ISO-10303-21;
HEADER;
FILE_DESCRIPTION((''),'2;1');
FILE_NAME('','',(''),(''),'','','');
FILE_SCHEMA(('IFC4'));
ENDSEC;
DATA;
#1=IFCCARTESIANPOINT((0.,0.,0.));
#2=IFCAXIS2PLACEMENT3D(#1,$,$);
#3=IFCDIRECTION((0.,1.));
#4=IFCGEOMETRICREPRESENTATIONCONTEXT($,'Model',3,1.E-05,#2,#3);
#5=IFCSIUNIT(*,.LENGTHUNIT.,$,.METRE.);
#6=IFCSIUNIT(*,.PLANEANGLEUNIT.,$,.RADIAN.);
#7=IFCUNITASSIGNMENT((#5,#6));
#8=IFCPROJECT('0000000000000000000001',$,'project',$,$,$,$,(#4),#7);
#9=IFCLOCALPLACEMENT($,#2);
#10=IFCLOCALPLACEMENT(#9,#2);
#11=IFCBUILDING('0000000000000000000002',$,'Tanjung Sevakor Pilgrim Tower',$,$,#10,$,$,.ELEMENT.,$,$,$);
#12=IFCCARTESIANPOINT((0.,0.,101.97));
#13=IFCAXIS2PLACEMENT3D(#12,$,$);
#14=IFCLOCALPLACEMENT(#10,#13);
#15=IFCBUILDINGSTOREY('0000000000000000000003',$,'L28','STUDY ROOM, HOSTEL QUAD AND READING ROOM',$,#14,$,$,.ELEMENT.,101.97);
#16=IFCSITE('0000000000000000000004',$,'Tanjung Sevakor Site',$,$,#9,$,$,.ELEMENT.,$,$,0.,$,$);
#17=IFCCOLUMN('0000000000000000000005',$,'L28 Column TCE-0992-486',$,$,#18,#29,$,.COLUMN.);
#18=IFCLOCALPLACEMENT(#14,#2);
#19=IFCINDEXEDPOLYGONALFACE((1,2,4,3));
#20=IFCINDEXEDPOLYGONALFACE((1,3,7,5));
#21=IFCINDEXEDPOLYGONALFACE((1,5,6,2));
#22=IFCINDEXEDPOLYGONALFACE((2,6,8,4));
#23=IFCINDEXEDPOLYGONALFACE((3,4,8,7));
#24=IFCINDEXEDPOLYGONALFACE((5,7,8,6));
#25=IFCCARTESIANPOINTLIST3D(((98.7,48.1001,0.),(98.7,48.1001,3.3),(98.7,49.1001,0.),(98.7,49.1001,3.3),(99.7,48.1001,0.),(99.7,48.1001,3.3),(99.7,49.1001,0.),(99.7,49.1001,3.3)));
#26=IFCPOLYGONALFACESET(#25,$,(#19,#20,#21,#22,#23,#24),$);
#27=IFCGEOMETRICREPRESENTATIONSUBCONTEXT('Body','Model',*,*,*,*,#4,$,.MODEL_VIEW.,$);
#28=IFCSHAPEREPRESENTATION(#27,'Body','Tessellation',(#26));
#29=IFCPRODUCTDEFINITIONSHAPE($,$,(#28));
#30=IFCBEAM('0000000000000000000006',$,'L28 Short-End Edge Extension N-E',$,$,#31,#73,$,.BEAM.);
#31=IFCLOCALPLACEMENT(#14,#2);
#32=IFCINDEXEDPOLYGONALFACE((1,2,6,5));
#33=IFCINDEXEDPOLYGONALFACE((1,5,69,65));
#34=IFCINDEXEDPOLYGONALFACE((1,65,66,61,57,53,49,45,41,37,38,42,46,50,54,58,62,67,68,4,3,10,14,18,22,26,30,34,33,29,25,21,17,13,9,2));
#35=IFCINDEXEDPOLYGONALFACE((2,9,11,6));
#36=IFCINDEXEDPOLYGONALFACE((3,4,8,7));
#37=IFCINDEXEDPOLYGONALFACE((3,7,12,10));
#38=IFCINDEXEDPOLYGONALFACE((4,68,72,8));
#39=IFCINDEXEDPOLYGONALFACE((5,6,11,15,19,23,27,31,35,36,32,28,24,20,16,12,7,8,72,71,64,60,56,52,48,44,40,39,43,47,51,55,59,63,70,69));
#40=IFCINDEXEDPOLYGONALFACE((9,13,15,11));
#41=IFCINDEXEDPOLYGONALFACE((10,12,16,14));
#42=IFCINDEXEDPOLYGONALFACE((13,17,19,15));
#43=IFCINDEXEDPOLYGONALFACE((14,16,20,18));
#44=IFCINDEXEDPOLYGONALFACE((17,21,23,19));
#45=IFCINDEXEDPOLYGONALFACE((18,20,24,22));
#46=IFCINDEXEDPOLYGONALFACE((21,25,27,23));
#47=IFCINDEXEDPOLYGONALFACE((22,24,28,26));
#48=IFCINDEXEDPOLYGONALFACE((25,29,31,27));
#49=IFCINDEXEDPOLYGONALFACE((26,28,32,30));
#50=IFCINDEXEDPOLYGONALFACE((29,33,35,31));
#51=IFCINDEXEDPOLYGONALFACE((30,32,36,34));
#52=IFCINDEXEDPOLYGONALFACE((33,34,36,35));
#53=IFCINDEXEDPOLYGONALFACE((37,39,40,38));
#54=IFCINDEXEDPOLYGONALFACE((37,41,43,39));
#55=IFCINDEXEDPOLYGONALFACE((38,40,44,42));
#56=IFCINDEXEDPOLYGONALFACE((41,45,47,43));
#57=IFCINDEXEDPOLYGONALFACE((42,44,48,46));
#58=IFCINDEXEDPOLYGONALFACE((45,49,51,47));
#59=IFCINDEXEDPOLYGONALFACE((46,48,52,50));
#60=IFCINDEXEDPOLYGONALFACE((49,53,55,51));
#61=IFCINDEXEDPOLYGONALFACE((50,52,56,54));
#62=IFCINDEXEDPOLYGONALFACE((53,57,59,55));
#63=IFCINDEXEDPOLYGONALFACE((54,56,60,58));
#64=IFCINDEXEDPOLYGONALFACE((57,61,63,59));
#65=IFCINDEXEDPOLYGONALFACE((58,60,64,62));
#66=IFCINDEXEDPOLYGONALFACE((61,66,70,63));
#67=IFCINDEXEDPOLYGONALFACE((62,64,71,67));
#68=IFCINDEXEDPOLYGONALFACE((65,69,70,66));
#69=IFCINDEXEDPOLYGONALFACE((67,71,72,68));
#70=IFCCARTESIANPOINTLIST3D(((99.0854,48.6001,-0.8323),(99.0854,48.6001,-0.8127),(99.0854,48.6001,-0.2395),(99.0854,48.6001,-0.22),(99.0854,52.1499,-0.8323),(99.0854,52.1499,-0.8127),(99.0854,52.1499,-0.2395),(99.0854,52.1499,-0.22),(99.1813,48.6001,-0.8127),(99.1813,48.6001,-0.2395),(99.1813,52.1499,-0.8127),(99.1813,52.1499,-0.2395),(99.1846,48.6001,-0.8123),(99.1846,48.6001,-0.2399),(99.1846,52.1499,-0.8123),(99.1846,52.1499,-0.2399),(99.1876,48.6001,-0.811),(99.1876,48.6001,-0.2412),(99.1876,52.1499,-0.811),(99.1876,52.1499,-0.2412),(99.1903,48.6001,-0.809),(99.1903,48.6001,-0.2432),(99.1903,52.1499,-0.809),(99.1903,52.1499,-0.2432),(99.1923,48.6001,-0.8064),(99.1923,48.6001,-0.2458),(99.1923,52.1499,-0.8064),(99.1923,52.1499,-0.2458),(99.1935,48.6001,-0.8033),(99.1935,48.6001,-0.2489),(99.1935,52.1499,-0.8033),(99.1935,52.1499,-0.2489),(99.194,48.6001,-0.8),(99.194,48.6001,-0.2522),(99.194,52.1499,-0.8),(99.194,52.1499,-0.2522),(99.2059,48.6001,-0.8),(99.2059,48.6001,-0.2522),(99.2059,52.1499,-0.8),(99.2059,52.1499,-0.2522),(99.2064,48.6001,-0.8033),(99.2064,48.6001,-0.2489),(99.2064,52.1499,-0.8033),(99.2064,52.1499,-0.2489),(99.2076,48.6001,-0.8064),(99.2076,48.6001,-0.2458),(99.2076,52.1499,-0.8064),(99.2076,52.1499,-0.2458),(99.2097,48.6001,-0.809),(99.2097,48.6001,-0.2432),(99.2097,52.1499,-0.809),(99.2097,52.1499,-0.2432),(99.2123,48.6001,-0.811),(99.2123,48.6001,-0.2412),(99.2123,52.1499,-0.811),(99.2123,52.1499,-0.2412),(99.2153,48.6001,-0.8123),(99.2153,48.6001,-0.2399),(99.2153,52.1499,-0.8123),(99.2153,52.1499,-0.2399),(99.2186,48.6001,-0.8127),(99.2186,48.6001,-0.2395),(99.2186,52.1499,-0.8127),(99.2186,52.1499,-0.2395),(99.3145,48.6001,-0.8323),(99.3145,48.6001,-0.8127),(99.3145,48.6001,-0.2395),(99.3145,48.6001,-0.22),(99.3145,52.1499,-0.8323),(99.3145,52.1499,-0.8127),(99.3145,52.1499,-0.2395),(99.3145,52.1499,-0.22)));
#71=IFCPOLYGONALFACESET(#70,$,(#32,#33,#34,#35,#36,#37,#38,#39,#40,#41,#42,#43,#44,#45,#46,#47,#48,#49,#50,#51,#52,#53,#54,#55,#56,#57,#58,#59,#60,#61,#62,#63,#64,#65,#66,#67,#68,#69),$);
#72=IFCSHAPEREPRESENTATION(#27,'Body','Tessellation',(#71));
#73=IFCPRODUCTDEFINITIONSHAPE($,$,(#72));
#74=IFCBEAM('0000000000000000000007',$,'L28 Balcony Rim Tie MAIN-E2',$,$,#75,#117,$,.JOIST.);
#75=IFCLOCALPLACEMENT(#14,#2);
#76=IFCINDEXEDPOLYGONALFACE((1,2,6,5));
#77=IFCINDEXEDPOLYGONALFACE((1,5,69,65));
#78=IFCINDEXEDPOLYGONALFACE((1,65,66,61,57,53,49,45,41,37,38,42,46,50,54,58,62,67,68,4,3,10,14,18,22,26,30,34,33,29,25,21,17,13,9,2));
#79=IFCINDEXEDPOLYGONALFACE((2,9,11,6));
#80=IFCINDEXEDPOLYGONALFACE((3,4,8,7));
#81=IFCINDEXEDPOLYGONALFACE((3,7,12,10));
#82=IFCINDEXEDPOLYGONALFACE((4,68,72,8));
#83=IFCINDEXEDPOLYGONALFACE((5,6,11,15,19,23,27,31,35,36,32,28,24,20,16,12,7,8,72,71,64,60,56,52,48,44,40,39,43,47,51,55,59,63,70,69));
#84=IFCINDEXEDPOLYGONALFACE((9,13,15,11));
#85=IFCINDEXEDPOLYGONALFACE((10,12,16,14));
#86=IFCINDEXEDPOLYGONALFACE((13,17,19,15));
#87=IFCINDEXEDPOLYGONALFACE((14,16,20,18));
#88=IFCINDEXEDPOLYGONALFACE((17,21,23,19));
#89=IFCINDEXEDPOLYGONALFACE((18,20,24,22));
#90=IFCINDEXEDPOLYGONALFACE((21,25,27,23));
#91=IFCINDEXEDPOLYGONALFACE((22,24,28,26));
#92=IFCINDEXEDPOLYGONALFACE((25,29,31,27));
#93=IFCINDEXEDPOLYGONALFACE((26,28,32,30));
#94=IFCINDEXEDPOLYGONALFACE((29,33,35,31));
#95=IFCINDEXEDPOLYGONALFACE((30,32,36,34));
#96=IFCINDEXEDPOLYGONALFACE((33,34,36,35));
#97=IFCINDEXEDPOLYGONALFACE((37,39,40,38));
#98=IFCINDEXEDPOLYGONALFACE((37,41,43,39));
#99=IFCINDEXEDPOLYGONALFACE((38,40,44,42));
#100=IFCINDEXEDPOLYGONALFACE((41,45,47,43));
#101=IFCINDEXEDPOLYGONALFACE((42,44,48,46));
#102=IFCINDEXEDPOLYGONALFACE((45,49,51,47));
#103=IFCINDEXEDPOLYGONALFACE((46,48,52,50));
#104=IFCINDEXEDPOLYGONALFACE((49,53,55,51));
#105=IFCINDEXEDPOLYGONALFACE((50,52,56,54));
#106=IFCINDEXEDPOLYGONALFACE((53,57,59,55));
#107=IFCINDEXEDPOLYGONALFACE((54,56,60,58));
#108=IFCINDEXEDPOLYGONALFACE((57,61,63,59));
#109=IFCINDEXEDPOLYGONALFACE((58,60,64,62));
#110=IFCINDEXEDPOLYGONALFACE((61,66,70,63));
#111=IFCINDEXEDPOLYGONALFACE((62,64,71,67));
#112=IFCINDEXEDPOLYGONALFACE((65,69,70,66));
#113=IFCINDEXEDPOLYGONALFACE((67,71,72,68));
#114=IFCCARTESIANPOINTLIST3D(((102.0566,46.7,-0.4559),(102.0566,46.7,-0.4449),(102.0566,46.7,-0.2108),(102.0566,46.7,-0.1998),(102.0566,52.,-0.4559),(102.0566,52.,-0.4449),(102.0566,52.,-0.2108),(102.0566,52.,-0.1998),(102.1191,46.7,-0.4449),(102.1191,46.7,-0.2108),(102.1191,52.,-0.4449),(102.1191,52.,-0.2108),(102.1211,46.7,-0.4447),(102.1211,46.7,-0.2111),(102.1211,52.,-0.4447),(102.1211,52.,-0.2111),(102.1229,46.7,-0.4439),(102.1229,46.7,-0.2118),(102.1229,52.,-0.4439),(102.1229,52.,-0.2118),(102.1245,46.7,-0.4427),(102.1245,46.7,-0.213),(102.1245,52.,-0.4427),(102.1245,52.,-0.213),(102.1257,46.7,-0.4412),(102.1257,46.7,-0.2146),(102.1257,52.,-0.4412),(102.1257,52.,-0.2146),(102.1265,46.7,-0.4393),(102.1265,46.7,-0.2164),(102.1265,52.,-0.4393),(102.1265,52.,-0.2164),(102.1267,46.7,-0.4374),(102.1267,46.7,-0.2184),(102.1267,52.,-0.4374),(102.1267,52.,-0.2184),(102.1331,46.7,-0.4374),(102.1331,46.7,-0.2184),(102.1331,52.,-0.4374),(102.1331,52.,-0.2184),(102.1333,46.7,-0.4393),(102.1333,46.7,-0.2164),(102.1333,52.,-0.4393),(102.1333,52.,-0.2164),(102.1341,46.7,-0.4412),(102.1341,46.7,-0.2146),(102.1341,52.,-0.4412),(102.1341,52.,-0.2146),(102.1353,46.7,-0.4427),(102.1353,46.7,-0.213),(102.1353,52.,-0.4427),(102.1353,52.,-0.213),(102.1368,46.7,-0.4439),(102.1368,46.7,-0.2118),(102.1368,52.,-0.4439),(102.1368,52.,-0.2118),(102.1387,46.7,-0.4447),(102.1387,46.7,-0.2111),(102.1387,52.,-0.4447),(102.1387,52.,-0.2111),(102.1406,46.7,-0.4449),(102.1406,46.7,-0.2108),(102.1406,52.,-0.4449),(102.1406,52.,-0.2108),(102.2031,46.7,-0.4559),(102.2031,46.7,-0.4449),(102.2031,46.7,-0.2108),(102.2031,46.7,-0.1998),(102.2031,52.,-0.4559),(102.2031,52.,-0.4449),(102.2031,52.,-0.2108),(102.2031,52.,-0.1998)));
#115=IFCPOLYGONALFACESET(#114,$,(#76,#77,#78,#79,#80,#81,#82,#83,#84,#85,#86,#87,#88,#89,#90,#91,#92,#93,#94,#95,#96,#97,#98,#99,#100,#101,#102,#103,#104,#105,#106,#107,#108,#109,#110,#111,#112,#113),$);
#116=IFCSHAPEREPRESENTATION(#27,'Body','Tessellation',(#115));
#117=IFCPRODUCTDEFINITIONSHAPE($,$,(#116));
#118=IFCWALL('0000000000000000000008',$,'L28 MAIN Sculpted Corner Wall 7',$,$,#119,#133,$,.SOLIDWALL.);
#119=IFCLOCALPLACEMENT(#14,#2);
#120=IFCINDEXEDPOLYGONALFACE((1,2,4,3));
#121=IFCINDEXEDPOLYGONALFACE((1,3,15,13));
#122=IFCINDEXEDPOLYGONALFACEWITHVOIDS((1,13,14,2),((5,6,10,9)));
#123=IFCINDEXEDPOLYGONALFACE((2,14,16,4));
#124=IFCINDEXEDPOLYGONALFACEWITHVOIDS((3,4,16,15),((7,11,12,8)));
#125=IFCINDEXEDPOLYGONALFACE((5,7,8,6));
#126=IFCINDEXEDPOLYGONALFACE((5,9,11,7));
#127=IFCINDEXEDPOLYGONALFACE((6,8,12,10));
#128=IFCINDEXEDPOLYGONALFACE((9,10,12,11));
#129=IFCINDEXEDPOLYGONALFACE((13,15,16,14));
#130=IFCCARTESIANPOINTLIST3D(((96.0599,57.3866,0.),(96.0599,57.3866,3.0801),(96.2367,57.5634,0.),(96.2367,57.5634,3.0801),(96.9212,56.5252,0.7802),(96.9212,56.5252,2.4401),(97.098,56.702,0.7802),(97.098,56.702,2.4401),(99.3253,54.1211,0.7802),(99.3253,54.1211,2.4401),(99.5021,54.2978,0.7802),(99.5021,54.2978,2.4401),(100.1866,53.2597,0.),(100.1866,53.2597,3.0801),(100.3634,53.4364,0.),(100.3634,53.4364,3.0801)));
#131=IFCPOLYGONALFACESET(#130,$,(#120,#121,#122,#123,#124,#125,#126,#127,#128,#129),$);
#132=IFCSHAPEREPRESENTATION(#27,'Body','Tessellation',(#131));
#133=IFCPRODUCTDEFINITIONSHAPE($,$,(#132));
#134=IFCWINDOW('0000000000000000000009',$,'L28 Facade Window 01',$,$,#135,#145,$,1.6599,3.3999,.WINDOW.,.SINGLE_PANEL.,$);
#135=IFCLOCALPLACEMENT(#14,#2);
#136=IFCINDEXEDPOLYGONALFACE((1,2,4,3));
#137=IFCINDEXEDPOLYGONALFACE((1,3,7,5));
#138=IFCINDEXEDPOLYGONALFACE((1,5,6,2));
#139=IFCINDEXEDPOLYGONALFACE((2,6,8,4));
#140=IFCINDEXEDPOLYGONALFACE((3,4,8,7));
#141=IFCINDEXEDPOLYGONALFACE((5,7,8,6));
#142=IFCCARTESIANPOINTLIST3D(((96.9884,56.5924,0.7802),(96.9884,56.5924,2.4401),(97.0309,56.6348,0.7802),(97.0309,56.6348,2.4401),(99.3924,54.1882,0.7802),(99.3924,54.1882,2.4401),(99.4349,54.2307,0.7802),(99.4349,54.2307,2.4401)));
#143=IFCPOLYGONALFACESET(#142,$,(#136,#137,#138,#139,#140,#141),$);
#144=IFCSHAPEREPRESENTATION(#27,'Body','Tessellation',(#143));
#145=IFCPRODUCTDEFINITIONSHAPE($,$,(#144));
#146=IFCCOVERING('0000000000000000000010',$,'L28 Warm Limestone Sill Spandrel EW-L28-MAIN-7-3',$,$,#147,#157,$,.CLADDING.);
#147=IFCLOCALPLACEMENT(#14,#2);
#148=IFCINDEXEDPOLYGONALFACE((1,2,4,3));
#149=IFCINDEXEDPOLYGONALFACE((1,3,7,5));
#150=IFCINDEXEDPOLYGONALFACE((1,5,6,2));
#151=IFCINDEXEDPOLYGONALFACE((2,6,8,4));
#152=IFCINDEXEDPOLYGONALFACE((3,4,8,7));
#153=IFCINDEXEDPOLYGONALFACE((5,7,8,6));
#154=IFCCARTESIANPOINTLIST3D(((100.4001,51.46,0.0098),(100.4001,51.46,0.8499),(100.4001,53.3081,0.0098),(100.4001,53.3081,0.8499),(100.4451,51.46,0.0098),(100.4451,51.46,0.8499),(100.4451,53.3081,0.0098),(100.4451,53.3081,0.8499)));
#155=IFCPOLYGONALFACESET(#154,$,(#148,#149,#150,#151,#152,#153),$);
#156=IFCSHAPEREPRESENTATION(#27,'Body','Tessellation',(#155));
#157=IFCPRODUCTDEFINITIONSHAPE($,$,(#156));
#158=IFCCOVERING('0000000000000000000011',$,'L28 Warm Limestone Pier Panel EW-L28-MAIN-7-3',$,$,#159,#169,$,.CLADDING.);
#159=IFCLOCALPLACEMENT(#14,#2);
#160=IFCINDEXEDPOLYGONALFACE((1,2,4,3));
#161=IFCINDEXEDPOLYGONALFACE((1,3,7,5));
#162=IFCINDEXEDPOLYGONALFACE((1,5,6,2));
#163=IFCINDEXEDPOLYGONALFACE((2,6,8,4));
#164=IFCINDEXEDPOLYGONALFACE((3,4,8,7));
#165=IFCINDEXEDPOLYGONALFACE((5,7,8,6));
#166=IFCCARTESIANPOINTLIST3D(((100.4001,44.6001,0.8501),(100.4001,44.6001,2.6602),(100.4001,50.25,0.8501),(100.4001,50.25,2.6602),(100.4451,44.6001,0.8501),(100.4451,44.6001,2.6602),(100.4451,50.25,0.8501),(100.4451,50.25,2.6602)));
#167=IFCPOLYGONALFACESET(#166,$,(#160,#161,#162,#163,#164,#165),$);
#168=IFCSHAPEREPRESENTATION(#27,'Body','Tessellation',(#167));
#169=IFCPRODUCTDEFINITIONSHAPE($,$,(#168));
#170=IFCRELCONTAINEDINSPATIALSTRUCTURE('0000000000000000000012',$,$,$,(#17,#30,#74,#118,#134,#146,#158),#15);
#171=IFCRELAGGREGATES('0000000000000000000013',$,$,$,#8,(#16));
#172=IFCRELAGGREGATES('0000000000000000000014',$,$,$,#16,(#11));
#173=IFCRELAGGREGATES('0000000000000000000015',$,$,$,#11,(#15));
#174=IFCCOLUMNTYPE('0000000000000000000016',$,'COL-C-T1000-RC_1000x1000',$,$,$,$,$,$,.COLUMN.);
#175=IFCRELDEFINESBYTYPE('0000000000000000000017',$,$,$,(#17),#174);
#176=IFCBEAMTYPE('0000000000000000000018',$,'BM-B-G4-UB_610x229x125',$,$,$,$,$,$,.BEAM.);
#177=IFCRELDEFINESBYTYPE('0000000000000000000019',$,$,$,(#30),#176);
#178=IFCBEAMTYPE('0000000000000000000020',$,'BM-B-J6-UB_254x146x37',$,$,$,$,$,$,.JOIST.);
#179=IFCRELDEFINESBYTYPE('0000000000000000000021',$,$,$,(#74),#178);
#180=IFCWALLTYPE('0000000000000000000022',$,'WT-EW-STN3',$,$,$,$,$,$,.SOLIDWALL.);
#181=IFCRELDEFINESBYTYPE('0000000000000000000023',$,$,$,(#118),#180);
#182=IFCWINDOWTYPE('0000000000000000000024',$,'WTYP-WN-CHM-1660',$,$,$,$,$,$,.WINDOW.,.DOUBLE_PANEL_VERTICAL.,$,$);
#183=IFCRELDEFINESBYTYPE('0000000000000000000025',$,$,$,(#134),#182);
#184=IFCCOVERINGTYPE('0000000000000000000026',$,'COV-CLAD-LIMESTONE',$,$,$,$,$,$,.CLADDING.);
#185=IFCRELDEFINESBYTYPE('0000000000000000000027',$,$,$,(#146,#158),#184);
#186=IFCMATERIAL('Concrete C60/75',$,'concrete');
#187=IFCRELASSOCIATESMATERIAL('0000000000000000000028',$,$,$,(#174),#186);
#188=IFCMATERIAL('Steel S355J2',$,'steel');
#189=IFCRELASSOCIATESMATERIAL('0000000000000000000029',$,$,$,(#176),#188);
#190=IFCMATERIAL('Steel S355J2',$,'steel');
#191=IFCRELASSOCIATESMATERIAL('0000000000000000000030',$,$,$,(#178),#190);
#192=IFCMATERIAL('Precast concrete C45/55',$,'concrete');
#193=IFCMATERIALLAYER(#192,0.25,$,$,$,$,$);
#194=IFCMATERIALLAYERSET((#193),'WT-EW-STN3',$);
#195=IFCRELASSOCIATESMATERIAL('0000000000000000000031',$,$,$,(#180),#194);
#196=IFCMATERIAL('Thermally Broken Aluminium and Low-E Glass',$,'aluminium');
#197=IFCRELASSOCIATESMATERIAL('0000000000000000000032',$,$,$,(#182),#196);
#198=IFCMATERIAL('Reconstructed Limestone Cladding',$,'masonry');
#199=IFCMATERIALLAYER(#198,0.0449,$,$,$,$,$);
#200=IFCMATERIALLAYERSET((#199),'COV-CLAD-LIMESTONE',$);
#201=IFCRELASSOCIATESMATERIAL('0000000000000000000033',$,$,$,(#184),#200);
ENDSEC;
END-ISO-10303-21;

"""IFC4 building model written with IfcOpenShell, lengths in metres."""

from ifc_helpers import new_model, si_unit, direction, frame, frame_2d, origin, origin_2d, place, context, subcontext, project, spatial, rectangle, i_section, extrude, material, layer, layer_set, material_profile, profile_set, type_object, element, fill, save


model = new_model("IFC4")

# Units and contexts
model_context = context("Model", 3, precision=1e-05, world=origin(), true_north=direction((0.0, 1.0)))
body_context = subcontext(model_context, "Body", "Model", "MODEL_VIEW")
ifc_project = project(units=[si_unit("LENGTHUNIT", "METRE"), si_unit("PLANEANGLEUNIT", "RADIAN")], contexts=[model_context])

# Site, building, storey
site_placement = place(None, origin())
site = spatial("IfcSite", under=ifc_project, at=site_placement, Name="Tanjung Sevakor Site", CompositionType="ELEMENT", RefElevation=0.0)
building_placement = place(site_placement, origin())
building = spatial("IfcBuilding", under=site, at=building_placement, Name="Tanjung Sevakor Pilgrim Tower", CompositionType="ELEMENT")
storey_placement = place(building_placement, frame((0.0, 0.0, 101.97)))
storey = spatial("IfcBuildingStorey", under=building, at=storey_placement, Name="L28", Description="STUDY ROOM, HOSTEL QUAD AND READING ROOM", CompositionType="ELEMENT", Elevation=101.97)

# Column
ifc_material_1 = material(Name="Concrete C60/75", Category="concrete")
ifc_material_profile_1 = material_profile(ifc_material_1, rectangle(XDim=1.0, YDim=1.0, at=origin_2d()))
ifc_profile_set_1 = profile_set([ifc_material_profile_1], Name="Concrete C60/75")
column_type = type_object("IfcColumnType", Name="COL-C-T1000-RC_1000x1000", PredefinedType="COLUMN", material=ifc_profile_set_1)
column_placement = place(storey_placement, frame((99.2, 48.6001, 0.0), z_axis=(0.0, 0.0, 1.0), x_axis=(1.0, 0.0, 0.0)))
element("IfcColumn", 1, at=column_placement, inside=storey, type_object=column_type, Name="L28 Column TCE-0992-486", PredefinedType="COLUMN", context=body_context, shape_type="SweptSolid", body=[
    extrude(rectangle(XDim=1.0, YDim=1.0, at=origin_2d()), origin(), (0.0, 0.0, 1.0), 3.3),
])

# Beams
ifc_material_2 = material(Name="Steel S355J2", Category="steel")
ifc_material_profile_2 = material_profile(ifc_material_2, i_section(OverallWidth=0.229, OverallDepth=0.6123, WebThickness=0.012, FlangeThickness=0.0195, FilletRadius=0.0127, at=origin_2d()))
ifc_profile_set_2 = profile_set([ifc_material_profile_2], Name="Steel S355J2")
beam_type_1 = type_object("IfcBeamType", Name="BM-B-G4-UB_610x229x125", PredefinedType="BEAM", material=ifc_profile_set_2)
beam_1_placement = place(storey_placement, frame((99.2, 48.6001, -0.5261), z_axis=(0.0, 1.0, 0.0), x_axis=(-1.0, 0.0, 0.0)))
element("IfcBeam", 2, at=beam_1_placement, inside=storey, type_object=beam_type_1, Name="L28 Short-End Edge Extension N-E", PredefinedType="BEAM", context=body_context, shape_type="SweptSolid", body=[
    extrude(i_section(OverallWidth=0.229, OverallDepth=0.6123, WebThickness=0.012, FlangeThickness=0.0195, FilletRadius=0.0127, at=origin_2d()), origin(), (0.0, 0.0, 1.0), 3.5498),
])
ifc_material_3 = material(Name="Steel S355J2", Category="steel")
ifc_material_profile_3 = material_profile(ifc_material_3, i_section(OverallWidth=0.1465, OverallDepth=0.2561, WebThickness=0.0063, FlangeThickness=0.011, FilletRadius=0.0076, at=origin_2d()))
ifc_profile_set_3 = profile_set([ifc_material_profile_3], Name="Steel S355J2")
beam_type_2 = type_object("IfcBeamType", Name="BM-B-J6-UB_254x146x37", PredefinedType="JOIST", material=ifc_profile_set_3)
beam_2_placement = place(storey_placement, frame((102.1299, 46.7, -0.3279), z_axis=(0.0, 1.0, 0.0), x_axis=(-1.0, 0.0, 0.0)))
element("IfcBeam", 3, at=beam_2_placement, inside=storey, type_object=beam_type_2, Name="L28 Balcony Rim Tie MAIN-E2", PredefinedType="JOIST", context=body_context, shape_type="SweptSolid", body=[
    extrude(i_section(OverallWidth=0.1465, OverallDepth=0.2561, WebThickness=0.0063, FlangeThickness=0.011, FilletRadius=0.0076, at=origin_2d()), origin(), (0.0, 0.0, 1.0), 5.3),
])

# Wall, opening, window
ifc_material_4 = material(Name="Precast concrete C45/55", Category="concrete")
ifc_layer_1 = layer(ifc_material_4, 0.25)
ifc_layer_set_1 = layer_set([ifc_layer_1], Name="WT-EW-STN3")
wall_type = type_object("IfcWallType", Name="WT-EW-STN3", PredefinedType="SOLIDWALL", material=ifc_layer_set_1)
wall_placement = place(storey_placement, frame((100.2749, 53.3481, 0.0), z_axis=(0.0, 0.0, 1.0), x_axis=(-0.707086, 0.707128, 0.0)))
wall = element("IfcWall", 4, at=wall_placement, inside=storey, type_object=wall_type, Name="L28 MAIN Sculpted Corner Wall 7", PredefinedType="SOLIDWALL", context=body_context, shape_type="SweptSolid", body=[
    extrude(rectangle(XDim=5.8362, YDim=0.25, at=frame_2d((2.918, 0.0))), origin(), (0.0, 0.0, 1.0), 3.0801),
])
opening_placement = place(wall_placement, frame((1.218, 0.0, 0.78)))
opening = element("IfcOpeningElement", 5, at=opening_placement, cuts=wall, PredefinedType="OPENING", context=body_context, shape_type="SweptSolid", body=[
    extrude(rectangle(XDim=3.3999, YDim=1.6599, at=frame_2d((1.7, 0.8301))), frame((0.0, 0.135, 0.0), z_axis=(0.0, -1.0, 0.0), x_axis=(1.0, 0.0, 0.0)), (0.0, 0.0, 1.0), 0.27),
])
ifc_material_5 = material(Name="Thermally Broken Aluminium and Low-E Glass", Category="aluminium")
window_type = type_object("IfcWindowType", Name="WTYP-WN-CHM-1660", PartitioningType="DOUBLE_PANEL_VERTICAL", PredefinedType="WINDOW", material=ifc_material_5)
window_placement = place(opening_placement, origin())
window = element("IfcWindow", 6, at=window_placement, inside=storey, type_object=window_type, Name="L28 Facade Window 01", OverallHeight=1.6599, OverallWidth=3.3999, PartitioningType="SINGLE_PANEL", PredefinedType="WINDOW", context=body_context, shape_type="SweptSolid", body=[
    extrude(rectangle(XDim=3.3999, YDim=1.6599, at=frame_2d((1.7, 0.8301))), frame((0.0, 0.03, 0.0), z_axis=(0.0, -1.0, 0.0), x_axis=(1.0, 0.0, 0.0)), (0.0, 0.0, 1.0), 0.0601),
])
fill(opening, window)

# Coverings
ifc_material_6 = material(Name="Reconstructed Limestone Cladding", Category="masonry")
ifc_layer_2 = layer(ifc_material_6, 0.0449)
ifc_layer_set_2 = layer_set([ifc_layer_2], Name="COV-CLAD-LIMESTONE")
covering_type = type_object("IfcCoveringType", Name="COV-CLAD-LIMESTONE", PredefinedType="CLADDING", material=ifc_layer_set_2)
covering_1_placement = place(storey_placement, frame((100.4226, 52.384, 0.0098), z_axis=(0.0, 0.0, 1.0), x_axis=(0.0, 1.0, 0.0)))
element("IfcCovering", 7, at=covering_1_placement, inside=storey, type_object=covering_type, Name="L28 Warm Limestone Sill Spandrel EW-L28-MAIN-7-3", PredefinedType="CLADDING", context=body_context, shape_type="SweptSolid", body=[
    extrude(rectangle(XDim=1.8481, YDim=0.0449, at=origin_2d()), origin(), (0.0, 0.0, 1.0), 0.8401),
])
covering_2_placement = place(storey_placement, frame((100.4226, 47.425, 0.8501), z_axis=(0.0, 0.0, 1.0), x_axis=(0.0, 1.0, 0.0)))
element("IfcCovering", 8, at=covering_2_placement, inside=storey, type_object=covering_type, Name="L28 Warm Limestone Pier Panel EW-L28-MAIN-7-3", PredefinedType="CLADDING", context=body_context, shape_type="SweptSolid", body=[
    extrude(rectangle(XDim=5.6499, YDim=0.0449, at=origin_2d()), origin(), (0.0, 0.0, 1.0), 1.8101),
])

save(model, "model.ifc")
